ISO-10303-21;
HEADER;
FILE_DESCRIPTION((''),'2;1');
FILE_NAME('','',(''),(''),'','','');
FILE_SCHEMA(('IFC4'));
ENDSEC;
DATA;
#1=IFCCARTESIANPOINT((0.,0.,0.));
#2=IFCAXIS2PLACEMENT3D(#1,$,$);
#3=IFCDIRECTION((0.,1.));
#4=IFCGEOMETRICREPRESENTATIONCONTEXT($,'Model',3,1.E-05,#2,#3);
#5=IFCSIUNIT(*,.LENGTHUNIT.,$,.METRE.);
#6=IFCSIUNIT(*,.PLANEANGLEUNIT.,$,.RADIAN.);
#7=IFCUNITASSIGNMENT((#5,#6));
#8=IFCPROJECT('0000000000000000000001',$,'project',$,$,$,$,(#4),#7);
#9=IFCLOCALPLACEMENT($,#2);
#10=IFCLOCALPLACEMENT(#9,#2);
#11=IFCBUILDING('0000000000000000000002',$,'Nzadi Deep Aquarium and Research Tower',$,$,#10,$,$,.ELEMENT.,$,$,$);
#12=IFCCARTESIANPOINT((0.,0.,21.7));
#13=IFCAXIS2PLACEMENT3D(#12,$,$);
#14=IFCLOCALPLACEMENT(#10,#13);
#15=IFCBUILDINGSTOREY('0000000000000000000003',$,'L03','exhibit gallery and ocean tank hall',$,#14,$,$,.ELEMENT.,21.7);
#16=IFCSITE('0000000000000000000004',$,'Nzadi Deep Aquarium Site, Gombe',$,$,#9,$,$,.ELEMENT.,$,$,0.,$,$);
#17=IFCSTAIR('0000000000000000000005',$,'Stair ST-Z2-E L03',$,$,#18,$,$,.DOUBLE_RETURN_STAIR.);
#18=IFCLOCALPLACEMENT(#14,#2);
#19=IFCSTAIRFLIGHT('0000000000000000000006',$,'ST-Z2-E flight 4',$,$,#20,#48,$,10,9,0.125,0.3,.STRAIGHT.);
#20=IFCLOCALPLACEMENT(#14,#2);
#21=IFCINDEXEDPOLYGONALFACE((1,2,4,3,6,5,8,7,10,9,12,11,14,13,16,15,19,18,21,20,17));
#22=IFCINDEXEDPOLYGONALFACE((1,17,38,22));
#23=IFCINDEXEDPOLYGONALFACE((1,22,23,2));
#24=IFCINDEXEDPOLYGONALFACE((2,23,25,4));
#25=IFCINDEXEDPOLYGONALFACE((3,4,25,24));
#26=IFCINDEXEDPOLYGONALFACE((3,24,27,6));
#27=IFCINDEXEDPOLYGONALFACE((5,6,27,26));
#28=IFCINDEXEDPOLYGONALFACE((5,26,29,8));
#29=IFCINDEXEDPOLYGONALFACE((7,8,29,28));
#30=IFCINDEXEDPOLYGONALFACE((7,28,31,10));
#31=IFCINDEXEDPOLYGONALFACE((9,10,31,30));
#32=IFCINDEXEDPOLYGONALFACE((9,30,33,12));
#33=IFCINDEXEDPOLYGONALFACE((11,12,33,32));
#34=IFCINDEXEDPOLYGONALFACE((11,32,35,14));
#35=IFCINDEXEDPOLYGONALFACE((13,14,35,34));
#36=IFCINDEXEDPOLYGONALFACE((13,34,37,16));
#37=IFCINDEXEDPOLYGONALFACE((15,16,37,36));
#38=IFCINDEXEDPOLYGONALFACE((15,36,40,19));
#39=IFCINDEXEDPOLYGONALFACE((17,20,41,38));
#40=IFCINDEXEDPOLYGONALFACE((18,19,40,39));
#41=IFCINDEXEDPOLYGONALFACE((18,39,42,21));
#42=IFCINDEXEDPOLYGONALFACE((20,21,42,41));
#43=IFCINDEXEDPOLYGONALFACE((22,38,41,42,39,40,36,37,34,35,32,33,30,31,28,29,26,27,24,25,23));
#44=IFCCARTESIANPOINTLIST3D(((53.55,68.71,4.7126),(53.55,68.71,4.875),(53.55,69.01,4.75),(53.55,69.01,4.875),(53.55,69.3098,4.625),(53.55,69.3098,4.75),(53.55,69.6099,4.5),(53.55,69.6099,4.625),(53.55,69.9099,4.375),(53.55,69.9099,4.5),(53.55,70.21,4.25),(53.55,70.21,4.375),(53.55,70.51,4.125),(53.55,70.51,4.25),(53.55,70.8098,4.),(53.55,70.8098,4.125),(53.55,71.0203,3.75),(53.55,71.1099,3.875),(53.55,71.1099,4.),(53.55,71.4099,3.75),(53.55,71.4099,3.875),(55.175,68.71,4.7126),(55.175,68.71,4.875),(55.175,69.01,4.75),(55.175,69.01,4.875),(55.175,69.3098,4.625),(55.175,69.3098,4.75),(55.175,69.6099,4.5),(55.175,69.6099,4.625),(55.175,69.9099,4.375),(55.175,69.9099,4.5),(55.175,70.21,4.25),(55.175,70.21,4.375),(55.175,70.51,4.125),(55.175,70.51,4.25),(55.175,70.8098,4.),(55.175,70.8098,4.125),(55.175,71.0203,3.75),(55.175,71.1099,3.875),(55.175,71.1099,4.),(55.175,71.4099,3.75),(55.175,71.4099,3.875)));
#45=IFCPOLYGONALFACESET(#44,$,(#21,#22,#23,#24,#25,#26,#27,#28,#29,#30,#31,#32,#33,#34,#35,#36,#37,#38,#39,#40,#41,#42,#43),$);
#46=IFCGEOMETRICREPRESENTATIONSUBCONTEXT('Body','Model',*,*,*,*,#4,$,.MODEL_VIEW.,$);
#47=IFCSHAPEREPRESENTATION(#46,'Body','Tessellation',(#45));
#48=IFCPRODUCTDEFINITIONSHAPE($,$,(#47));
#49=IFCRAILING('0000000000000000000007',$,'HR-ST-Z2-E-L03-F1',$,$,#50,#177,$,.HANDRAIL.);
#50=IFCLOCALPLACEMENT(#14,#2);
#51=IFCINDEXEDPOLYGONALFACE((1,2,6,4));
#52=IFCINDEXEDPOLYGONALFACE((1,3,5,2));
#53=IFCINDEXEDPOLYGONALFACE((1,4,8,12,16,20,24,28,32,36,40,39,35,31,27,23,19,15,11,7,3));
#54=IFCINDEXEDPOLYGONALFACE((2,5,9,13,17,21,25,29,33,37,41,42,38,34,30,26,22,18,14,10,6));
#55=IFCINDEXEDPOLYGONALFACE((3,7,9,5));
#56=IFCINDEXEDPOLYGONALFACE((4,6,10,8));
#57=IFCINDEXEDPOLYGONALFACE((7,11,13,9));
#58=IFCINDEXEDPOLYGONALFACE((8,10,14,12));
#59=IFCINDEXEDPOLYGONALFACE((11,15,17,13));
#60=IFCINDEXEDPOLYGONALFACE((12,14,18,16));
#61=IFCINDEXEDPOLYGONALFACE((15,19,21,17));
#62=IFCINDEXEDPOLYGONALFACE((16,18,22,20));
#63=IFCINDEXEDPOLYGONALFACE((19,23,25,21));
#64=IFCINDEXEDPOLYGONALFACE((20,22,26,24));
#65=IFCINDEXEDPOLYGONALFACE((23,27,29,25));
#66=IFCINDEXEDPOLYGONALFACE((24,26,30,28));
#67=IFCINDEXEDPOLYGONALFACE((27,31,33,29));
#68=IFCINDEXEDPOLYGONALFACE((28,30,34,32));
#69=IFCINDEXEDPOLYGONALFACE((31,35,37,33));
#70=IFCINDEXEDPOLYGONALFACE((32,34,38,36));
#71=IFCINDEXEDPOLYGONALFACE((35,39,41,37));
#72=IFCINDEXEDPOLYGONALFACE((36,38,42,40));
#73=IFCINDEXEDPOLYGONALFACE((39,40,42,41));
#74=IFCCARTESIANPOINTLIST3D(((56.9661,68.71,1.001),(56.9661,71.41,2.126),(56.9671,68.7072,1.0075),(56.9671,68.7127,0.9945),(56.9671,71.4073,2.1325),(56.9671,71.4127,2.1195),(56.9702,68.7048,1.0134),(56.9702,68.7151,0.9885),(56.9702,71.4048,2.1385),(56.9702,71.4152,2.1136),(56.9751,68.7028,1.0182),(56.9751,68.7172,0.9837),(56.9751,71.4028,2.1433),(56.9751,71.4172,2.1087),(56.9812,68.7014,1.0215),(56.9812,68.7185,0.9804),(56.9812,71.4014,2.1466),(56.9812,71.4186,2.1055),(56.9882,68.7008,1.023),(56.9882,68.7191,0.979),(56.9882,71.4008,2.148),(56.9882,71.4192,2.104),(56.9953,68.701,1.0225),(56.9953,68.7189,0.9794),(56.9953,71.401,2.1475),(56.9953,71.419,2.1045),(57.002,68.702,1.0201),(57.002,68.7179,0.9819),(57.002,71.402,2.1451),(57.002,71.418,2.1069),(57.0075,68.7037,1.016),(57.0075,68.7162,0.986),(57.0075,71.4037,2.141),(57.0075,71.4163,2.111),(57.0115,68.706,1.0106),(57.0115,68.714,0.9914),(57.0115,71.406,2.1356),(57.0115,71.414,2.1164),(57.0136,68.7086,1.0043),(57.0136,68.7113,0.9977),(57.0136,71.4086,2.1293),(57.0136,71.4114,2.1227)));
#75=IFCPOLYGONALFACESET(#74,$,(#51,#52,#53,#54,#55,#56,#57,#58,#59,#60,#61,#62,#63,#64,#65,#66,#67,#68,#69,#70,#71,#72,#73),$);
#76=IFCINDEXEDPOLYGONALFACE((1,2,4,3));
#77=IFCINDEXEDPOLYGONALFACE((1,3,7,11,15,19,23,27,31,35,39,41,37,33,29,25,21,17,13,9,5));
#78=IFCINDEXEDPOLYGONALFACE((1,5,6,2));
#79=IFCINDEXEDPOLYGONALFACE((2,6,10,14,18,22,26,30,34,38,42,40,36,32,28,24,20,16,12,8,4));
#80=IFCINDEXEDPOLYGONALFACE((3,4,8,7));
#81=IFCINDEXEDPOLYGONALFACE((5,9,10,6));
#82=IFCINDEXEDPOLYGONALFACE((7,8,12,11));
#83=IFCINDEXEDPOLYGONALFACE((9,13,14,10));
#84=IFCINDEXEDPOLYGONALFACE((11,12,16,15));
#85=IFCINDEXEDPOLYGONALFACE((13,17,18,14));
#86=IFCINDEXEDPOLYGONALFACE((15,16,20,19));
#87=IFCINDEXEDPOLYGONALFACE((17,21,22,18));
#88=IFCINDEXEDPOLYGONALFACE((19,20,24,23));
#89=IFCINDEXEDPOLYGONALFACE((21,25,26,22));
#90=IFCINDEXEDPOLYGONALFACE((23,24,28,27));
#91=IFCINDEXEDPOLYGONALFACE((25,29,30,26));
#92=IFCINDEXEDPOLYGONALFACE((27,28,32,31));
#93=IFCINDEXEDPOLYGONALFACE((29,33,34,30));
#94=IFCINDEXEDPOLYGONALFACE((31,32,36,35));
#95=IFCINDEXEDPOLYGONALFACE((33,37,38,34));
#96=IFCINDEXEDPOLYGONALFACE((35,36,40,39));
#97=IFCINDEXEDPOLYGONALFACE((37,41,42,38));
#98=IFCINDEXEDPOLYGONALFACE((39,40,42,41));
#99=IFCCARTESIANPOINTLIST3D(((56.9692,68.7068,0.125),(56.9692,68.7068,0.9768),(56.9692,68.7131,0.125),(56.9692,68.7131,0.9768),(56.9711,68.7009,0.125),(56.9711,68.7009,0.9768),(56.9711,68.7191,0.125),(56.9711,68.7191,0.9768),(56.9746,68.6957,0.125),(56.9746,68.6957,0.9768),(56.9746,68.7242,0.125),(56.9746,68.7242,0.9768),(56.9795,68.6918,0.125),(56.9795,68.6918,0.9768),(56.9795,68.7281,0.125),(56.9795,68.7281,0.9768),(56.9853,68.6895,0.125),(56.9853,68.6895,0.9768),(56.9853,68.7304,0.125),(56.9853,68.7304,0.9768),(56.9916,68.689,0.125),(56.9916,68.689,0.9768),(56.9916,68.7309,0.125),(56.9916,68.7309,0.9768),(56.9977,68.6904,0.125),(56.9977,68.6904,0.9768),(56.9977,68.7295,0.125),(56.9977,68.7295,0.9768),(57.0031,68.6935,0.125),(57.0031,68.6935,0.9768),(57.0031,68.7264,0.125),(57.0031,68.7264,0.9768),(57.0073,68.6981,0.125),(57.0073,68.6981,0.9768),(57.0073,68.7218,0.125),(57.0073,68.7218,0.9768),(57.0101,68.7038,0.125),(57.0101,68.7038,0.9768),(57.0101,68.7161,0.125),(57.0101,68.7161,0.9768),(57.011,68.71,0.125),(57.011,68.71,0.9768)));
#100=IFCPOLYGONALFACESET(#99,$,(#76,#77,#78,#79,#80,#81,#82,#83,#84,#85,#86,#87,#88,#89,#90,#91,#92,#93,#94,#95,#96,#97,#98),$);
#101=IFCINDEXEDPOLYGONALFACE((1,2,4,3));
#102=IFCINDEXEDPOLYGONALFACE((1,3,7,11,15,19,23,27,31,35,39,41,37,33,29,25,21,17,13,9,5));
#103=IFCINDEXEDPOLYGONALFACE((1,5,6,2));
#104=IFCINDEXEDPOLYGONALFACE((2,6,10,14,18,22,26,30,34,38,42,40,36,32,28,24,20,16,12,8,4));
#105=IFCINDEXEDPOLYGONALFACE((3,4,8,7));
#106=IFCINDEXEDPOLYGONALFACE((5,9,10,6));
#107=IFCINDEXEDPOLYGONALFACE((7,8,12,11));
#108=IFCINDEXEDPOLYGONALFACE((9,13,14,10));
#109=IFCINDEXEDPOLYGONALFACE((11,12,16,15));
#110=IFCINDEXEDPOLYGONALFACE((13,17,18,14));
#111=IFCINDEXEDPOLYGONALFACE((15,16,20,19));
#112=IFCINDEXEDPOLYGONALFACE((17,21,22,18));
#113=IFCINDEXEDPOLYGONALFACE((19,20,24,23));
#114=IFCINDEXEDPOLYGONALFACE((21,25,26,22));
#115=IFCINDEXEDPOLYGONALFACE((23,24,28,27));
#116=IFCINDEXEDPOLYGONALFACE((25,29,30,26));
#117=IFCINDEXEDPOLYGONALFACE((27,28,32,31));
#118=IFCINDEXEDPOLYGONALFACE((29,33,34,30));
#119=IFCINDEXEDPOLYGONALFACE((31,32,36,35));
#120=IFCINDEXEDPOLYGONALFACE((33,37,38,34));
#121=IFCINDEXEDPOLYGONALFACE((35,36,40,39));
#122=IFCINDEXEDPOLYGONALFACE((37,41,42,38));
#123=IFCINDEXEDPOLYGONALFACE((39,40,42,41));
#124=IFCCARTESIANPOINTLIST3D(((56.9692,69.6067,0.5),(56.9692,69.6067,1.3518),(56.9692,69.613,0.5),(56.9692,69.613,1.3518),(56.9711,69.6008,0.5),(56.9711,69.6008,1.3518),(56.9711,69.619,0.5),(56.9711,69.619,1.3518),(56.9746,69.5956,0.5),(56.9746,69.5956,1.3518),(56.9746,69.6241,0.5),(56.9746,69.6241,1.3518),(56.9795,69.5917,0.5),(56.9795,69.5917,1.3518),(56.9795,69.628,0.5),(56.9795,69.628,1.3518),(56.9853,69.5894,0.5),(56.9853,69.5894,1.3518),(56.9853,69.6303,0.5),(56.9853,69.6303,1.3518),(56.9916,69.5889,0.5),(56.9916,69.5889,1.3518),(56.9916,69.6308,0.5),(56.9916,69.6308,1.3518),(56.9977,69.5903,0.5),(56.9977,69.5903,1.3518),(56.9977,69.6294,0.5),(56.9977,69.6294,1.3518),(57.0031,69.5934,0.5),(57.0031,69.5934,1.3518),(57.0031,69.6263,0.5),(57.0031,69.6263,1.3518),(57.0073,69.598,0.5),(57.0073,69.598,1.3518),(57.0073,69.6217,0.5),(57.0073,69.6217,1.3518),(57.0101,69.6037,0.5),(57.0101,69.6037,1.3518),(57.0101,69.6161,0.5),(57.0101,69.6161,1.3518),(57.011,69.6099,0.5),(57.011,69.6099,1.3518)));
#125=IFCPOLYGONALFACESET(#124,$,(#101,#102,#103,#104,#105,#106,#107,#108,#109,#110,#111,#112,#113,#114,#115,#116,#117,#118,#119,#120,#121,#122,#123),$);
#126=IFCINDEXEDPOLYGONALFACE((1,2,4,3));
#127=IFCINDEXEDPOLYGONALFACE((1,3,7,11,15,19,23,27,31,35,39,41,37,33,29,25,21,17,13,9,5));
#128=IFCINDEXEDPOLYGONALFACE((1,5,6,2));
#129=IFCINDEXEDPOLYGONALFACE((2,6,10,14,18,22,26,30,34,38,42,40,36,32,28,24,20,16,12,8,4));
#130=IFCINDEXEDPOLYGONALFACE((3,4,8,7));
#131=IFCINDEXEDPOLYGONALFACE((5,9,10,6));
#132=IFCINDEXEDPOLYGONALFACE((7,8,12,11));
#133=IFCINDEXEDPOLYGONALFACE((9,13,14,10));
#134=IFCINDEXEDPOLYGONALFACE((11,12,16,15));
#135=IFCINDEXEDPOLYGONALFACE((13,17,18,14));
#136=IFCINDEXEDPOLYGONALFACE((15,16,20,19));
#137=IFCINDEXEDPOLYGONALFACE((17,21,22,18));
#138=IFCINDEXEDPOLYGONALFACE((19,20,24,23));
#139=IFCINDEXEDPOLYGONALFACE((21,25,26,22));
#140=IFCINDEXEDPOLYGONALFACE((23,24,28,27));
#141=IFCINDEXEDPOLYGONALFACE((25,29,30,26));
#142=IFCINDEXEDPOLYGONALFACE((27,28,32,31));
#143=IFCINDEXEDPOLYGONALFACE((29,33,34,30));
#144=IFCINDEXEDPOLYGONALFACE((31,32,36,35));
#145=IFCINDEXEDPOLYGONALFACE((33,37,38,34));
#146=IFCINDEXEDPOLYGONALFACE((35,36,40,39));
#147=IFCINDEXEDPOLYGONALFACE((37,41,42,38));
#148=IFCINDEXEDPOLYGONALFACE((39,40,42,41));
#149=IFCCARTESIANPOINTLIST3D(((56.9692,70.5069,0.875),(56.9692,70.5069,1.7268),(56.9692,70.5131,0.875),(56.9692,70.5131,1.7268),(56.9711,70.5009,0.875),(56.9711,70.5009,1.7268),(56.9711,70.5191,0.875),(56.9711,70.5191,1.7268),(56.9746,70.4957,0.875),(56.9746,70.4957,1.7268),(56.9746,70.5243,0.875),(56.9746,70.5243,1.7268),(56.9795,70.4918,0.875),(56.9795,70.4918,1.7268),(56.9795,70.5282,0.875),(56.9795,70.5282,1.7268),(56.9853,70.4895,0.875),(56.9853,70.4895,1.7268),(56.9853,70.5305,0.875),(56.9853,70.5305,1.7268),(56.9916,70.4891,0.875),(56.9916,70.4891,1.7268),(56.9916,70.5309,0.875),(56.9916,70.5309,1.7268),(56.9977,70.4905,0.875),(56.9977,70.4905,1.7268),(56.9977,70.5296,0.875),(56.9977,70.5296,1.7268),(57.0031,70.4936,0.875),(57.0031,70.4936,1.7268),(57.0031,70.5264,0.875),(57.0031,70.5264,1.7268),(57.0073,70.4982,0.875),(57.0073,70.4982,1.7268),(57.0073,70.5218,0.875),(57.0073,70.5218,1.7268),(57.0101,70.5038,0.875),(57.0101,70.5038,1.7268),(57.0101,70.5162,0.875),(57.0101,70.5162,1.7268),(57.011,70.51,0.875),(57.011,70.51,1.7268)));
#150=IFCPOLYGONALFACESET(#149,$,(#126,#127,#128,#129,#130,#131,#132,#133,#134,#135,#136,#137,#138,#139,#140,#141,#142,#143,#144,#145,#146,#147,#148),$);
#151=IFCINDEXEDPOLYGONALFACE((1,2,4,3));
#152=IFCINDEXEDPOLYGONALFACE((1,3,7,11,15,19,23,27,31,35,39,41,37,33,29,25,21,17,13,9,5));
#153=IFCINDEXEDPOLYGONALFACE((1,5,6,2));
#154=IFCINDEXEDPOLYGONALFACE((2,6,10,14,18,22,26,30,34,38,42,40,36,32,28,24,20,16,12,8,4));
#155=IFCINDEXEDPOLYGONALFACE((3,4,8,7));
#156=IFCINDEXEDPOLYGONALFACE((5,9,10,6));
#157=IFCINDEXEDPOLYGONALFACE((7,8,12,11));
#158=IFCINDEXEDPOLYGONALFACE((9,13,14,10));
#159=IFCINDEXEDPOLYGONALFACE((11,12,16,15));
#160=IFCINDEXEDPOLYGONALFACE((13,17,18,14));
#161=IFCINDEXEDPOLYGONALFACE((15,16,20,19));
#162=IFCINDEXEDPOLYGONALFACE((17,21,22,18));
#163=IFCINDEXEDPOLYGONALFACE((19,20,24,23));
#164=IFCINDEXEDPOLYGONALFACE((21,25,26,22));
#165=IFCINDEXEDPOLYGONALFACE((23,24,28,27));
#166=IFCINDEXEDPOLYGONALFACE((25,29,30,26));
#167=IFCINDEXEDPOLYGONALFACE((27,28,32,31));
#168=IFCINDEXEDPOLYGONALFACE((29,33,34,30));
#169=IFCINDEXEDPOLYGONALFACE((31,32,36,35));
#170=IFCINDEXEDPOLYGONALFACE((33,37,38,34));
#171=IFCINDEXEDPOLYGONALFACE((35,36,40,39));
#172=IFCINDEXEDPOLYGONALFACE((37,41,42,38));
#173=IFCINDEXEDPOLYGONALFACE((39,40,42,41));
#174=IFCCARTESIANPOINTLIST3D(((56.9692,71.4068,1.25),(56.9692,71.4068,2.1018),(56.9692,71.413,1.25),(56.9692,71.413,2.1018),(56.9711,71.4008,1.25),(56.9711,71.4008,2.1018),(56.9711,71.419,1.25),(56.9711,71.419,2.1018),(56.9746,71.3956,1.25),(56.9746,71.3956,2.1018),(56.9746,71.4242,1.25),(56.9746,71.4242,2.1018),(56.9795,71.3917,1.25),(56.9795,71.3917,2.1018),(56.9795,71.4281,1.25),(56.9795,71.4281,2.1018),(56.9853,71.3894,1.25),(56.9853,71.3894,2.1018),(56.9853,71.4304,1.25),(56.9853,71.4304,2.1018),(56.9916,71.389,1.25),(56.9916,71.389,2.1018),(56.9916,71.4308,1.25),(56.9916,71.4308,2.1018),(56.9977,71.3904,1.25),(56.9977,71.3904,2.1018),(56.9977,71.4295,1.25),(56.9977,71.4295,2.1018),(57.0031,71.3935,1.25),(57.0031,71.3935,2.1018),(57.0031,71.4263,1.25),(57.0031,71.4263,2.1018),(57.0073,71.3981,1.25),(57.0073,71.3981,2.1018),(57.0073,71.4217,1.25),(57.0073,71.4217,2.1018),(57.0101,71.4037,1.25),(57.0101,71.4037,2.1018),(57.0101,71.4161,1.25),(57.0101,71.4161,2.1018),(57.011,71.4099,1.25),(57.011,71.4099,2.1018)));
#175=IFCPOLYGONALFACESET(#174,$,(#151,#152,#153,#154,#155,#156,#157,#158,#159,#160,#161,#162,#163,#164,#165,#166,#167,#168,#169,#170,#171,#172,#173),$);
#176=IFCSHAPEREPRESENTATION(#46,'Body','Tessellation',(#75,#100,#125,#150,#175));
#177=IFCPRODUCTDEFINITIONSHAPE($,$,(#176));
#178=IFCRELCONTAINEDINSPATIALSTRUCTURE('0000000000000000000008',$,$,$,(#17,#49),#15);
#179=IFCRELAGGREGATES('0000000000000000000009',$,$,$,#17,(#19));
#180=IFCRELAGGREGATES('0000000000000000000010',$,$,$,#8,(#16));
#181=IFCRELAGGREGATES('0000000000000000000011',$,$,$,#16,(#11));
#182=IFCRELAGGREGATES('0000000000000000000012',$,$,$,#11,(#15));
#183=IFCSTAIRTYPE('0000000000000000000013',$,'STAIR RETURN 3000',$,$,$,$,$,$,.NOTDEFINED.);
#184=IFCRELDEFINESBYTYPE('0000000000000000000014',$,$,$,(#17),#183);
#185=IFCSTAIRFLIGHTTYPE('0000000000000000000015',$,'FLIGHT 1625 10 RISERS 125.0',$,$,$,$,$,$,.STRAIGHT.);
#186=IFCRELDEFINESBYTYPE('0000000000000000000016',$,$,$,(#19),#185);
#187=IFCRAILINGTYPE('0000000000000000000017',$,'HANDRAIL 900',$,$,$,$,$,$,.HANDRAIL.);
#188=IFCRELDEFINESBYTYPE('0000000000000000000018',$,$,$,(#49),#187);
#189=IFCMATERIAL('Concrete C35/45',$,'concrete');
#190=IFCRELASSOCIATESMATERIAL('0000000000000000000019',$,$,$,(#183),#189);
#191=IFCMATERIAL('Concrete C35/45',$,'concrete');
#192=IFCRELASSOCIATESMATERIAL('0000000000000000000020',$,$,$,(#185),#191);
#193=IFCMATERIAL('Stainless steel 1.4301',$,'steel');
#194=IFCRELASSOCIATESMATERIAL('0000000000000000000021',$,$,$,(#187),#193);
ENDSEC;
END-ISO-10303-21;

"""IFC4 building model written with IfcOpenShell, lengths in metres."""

from ifc_helpers import new_model, si_unit, direction, frame, origin, origin_2d, place, context, subcontext, project, spatial, polyline, circle, outline, extrude, material, type_object, element, aggregate, save


model = new_model("IFC4")

# Units and contexts
model_context = context("Model", 3, precision=1e-05, world=origin(), true_north=direction((0.0, 1.0)))
body_context = subcontext(model_context, "Body", "Model", "MODEL_VIEW")
ifc_project = project(units=[si_unit("LENGTHUNIT", "METRE"), si_unit("PLANEANGLEUNIT", "RADIAN")], contexts=[model_context])

# Site, building, storey
site_placement = place(None, origin())
site = spatial("IfcSite", under=ifc_project, at=site_placement, Name="Nzadi Deep Aquarium Site, Gombe", CompositionType="ELEMENT", RefElevation=0.0)
building_placement = place(site_placement, origin())
building = spatial("IfcBuilding", under=site, at=building_placement, Name="Nzadi Deep Aquarium and Research Tower", CompositionType="ELEMENT")
storey_placement = place(building_placement, frame((0.0, 0.0, 21.7)))
storey = spatial("IfcBuildingStorey", under=building, at=storey_placement, Name="L03", Description="exhibit gallery and ocean tank hall", CompositionType="ELEMENT", Elevation=21.7)

# Stair, stair flight
ifc_material_1 = material(Name="Concrete C35/45", Category="concrete")
stair_type = type_object("IfcStairType", Name="STAIR RETURN 3000", PredefinedType="NOTDEFINED", material=ifc_material_1)
stair_placement = place(storey_placement, origin())
stair = element("IfcStair", 1, at=stair_placement, inside=storey, type_object=stair_type, Name="Stair ST-Z2-E L03", PredefinedType="DOUBLE_RETURN_STAIR")
ifc_material_2 = material(Name="Concrete C35/45", Category="concrete")
stair_flight_type = type_object("IfcStairFlightType", Name="FLIGHT 1625 10 RISERS 125.0", PredefinedType="STRAIGHT", material=ifc_material_2)
stair_flight_1_placement = place(storey_placement, frame((54.3625, 71.4099, 3.75), z_axis=(0.0, 0.0, 1.0), x_axis=(0.0, -1.0, 0.0)))
stair_flight_1 = element("IfcStairFlight", 2, at=stair_flight_1_placement, type_object=stair_flight_type, Name="ST-Z2-E flight 4", NumberOfRisers=10, NumberOfTreads=9, PredefinedType="STRAIGHT", RiserHeight=0.125, TreadLength=0.3, context=body_context, shape_type="SweptSolid", body=[
    extrude(outline(polyline([(0.0, 0.0), (0.0, 0.125), (0.3, 0.125), (0.3, 0.25), (0.6001, 0.25), (0.6001, 0.375), (0.8999, 0.375), (0.8999, 0.5), (1.2, 0.5), (1.2, 0.625), (1.5, 0.625), (1.5, 0.75), (1.8, 0.75), (1.8, 0.875), (2.1001, 0.875), (2.1001, 1.0), (2.3999, 1.0), (2.3999, 1.125), (2.7, 1.125), (2.7, 1.25), (2.7, 0.9626), (0.3896, 0.0), (0.0, 0.0)])), frame((0.0, 0.8125, 0.0), z_axis=(0.0, -1.0, 0.0), x_axis=(1.0, 0.0, 0.0)), (0.0, 0.0, 1.0), 1.625),
])
aggregate(stair, [stair_flight_1])

# Railing
ifc_material_3 = material(Name="Stainless steel 1.4301", Category="steel")
railing_type = type_object("IfcRailingType", Name="HANDRAIL 900", PredefinedType="HANDRAIL", material=ifc_material_3)
for number, where, name in (
    (3, (56.99, 68.71, 0.125), "HR-ST-Z2-E-L03-F1"),
):
    element("IfcRailing", number, at=place(storey_placement, frame(where)), inside=storey, type_object=railing_type, Name=name, PredefinedType="HANDRAIL", context=body_context, shape_type="SweptSolid", body=[
        extrude(circle(Radius=0.0239, at=origin_2d()), frame((0.0, 0.0, 0.876), z_axis=(0.0, 0.923074, 0.384621), x_axis=(-1.0, 0.0, 0.0)), (0.0, 0.0, 1.0), 2.925),
        extrude(circle(Radius=0.021, at=origin_2d()), origin(), (0.0, 0.0, 1.0), 0.8518),
        extrude(circle(Radius=0.021, at=origin_2d()), frame((0.0, 0.8999, 0.375)), (0.0, 0.0, 1.0), 0.8518),
        extrude(circle(Radius=0.021, at=origin_2d()), frame((0.0, 1.8, 0.75)), (0.0, 0.0, 1.0), 0.8518),
        extrude(circle(Radius=0.021, at=origin_2d()), frame((0.0, 2.7, 1.125)), (0.0, 0.0, 1.0), 0.8518),
    ])

save(model, "model.ifc")
